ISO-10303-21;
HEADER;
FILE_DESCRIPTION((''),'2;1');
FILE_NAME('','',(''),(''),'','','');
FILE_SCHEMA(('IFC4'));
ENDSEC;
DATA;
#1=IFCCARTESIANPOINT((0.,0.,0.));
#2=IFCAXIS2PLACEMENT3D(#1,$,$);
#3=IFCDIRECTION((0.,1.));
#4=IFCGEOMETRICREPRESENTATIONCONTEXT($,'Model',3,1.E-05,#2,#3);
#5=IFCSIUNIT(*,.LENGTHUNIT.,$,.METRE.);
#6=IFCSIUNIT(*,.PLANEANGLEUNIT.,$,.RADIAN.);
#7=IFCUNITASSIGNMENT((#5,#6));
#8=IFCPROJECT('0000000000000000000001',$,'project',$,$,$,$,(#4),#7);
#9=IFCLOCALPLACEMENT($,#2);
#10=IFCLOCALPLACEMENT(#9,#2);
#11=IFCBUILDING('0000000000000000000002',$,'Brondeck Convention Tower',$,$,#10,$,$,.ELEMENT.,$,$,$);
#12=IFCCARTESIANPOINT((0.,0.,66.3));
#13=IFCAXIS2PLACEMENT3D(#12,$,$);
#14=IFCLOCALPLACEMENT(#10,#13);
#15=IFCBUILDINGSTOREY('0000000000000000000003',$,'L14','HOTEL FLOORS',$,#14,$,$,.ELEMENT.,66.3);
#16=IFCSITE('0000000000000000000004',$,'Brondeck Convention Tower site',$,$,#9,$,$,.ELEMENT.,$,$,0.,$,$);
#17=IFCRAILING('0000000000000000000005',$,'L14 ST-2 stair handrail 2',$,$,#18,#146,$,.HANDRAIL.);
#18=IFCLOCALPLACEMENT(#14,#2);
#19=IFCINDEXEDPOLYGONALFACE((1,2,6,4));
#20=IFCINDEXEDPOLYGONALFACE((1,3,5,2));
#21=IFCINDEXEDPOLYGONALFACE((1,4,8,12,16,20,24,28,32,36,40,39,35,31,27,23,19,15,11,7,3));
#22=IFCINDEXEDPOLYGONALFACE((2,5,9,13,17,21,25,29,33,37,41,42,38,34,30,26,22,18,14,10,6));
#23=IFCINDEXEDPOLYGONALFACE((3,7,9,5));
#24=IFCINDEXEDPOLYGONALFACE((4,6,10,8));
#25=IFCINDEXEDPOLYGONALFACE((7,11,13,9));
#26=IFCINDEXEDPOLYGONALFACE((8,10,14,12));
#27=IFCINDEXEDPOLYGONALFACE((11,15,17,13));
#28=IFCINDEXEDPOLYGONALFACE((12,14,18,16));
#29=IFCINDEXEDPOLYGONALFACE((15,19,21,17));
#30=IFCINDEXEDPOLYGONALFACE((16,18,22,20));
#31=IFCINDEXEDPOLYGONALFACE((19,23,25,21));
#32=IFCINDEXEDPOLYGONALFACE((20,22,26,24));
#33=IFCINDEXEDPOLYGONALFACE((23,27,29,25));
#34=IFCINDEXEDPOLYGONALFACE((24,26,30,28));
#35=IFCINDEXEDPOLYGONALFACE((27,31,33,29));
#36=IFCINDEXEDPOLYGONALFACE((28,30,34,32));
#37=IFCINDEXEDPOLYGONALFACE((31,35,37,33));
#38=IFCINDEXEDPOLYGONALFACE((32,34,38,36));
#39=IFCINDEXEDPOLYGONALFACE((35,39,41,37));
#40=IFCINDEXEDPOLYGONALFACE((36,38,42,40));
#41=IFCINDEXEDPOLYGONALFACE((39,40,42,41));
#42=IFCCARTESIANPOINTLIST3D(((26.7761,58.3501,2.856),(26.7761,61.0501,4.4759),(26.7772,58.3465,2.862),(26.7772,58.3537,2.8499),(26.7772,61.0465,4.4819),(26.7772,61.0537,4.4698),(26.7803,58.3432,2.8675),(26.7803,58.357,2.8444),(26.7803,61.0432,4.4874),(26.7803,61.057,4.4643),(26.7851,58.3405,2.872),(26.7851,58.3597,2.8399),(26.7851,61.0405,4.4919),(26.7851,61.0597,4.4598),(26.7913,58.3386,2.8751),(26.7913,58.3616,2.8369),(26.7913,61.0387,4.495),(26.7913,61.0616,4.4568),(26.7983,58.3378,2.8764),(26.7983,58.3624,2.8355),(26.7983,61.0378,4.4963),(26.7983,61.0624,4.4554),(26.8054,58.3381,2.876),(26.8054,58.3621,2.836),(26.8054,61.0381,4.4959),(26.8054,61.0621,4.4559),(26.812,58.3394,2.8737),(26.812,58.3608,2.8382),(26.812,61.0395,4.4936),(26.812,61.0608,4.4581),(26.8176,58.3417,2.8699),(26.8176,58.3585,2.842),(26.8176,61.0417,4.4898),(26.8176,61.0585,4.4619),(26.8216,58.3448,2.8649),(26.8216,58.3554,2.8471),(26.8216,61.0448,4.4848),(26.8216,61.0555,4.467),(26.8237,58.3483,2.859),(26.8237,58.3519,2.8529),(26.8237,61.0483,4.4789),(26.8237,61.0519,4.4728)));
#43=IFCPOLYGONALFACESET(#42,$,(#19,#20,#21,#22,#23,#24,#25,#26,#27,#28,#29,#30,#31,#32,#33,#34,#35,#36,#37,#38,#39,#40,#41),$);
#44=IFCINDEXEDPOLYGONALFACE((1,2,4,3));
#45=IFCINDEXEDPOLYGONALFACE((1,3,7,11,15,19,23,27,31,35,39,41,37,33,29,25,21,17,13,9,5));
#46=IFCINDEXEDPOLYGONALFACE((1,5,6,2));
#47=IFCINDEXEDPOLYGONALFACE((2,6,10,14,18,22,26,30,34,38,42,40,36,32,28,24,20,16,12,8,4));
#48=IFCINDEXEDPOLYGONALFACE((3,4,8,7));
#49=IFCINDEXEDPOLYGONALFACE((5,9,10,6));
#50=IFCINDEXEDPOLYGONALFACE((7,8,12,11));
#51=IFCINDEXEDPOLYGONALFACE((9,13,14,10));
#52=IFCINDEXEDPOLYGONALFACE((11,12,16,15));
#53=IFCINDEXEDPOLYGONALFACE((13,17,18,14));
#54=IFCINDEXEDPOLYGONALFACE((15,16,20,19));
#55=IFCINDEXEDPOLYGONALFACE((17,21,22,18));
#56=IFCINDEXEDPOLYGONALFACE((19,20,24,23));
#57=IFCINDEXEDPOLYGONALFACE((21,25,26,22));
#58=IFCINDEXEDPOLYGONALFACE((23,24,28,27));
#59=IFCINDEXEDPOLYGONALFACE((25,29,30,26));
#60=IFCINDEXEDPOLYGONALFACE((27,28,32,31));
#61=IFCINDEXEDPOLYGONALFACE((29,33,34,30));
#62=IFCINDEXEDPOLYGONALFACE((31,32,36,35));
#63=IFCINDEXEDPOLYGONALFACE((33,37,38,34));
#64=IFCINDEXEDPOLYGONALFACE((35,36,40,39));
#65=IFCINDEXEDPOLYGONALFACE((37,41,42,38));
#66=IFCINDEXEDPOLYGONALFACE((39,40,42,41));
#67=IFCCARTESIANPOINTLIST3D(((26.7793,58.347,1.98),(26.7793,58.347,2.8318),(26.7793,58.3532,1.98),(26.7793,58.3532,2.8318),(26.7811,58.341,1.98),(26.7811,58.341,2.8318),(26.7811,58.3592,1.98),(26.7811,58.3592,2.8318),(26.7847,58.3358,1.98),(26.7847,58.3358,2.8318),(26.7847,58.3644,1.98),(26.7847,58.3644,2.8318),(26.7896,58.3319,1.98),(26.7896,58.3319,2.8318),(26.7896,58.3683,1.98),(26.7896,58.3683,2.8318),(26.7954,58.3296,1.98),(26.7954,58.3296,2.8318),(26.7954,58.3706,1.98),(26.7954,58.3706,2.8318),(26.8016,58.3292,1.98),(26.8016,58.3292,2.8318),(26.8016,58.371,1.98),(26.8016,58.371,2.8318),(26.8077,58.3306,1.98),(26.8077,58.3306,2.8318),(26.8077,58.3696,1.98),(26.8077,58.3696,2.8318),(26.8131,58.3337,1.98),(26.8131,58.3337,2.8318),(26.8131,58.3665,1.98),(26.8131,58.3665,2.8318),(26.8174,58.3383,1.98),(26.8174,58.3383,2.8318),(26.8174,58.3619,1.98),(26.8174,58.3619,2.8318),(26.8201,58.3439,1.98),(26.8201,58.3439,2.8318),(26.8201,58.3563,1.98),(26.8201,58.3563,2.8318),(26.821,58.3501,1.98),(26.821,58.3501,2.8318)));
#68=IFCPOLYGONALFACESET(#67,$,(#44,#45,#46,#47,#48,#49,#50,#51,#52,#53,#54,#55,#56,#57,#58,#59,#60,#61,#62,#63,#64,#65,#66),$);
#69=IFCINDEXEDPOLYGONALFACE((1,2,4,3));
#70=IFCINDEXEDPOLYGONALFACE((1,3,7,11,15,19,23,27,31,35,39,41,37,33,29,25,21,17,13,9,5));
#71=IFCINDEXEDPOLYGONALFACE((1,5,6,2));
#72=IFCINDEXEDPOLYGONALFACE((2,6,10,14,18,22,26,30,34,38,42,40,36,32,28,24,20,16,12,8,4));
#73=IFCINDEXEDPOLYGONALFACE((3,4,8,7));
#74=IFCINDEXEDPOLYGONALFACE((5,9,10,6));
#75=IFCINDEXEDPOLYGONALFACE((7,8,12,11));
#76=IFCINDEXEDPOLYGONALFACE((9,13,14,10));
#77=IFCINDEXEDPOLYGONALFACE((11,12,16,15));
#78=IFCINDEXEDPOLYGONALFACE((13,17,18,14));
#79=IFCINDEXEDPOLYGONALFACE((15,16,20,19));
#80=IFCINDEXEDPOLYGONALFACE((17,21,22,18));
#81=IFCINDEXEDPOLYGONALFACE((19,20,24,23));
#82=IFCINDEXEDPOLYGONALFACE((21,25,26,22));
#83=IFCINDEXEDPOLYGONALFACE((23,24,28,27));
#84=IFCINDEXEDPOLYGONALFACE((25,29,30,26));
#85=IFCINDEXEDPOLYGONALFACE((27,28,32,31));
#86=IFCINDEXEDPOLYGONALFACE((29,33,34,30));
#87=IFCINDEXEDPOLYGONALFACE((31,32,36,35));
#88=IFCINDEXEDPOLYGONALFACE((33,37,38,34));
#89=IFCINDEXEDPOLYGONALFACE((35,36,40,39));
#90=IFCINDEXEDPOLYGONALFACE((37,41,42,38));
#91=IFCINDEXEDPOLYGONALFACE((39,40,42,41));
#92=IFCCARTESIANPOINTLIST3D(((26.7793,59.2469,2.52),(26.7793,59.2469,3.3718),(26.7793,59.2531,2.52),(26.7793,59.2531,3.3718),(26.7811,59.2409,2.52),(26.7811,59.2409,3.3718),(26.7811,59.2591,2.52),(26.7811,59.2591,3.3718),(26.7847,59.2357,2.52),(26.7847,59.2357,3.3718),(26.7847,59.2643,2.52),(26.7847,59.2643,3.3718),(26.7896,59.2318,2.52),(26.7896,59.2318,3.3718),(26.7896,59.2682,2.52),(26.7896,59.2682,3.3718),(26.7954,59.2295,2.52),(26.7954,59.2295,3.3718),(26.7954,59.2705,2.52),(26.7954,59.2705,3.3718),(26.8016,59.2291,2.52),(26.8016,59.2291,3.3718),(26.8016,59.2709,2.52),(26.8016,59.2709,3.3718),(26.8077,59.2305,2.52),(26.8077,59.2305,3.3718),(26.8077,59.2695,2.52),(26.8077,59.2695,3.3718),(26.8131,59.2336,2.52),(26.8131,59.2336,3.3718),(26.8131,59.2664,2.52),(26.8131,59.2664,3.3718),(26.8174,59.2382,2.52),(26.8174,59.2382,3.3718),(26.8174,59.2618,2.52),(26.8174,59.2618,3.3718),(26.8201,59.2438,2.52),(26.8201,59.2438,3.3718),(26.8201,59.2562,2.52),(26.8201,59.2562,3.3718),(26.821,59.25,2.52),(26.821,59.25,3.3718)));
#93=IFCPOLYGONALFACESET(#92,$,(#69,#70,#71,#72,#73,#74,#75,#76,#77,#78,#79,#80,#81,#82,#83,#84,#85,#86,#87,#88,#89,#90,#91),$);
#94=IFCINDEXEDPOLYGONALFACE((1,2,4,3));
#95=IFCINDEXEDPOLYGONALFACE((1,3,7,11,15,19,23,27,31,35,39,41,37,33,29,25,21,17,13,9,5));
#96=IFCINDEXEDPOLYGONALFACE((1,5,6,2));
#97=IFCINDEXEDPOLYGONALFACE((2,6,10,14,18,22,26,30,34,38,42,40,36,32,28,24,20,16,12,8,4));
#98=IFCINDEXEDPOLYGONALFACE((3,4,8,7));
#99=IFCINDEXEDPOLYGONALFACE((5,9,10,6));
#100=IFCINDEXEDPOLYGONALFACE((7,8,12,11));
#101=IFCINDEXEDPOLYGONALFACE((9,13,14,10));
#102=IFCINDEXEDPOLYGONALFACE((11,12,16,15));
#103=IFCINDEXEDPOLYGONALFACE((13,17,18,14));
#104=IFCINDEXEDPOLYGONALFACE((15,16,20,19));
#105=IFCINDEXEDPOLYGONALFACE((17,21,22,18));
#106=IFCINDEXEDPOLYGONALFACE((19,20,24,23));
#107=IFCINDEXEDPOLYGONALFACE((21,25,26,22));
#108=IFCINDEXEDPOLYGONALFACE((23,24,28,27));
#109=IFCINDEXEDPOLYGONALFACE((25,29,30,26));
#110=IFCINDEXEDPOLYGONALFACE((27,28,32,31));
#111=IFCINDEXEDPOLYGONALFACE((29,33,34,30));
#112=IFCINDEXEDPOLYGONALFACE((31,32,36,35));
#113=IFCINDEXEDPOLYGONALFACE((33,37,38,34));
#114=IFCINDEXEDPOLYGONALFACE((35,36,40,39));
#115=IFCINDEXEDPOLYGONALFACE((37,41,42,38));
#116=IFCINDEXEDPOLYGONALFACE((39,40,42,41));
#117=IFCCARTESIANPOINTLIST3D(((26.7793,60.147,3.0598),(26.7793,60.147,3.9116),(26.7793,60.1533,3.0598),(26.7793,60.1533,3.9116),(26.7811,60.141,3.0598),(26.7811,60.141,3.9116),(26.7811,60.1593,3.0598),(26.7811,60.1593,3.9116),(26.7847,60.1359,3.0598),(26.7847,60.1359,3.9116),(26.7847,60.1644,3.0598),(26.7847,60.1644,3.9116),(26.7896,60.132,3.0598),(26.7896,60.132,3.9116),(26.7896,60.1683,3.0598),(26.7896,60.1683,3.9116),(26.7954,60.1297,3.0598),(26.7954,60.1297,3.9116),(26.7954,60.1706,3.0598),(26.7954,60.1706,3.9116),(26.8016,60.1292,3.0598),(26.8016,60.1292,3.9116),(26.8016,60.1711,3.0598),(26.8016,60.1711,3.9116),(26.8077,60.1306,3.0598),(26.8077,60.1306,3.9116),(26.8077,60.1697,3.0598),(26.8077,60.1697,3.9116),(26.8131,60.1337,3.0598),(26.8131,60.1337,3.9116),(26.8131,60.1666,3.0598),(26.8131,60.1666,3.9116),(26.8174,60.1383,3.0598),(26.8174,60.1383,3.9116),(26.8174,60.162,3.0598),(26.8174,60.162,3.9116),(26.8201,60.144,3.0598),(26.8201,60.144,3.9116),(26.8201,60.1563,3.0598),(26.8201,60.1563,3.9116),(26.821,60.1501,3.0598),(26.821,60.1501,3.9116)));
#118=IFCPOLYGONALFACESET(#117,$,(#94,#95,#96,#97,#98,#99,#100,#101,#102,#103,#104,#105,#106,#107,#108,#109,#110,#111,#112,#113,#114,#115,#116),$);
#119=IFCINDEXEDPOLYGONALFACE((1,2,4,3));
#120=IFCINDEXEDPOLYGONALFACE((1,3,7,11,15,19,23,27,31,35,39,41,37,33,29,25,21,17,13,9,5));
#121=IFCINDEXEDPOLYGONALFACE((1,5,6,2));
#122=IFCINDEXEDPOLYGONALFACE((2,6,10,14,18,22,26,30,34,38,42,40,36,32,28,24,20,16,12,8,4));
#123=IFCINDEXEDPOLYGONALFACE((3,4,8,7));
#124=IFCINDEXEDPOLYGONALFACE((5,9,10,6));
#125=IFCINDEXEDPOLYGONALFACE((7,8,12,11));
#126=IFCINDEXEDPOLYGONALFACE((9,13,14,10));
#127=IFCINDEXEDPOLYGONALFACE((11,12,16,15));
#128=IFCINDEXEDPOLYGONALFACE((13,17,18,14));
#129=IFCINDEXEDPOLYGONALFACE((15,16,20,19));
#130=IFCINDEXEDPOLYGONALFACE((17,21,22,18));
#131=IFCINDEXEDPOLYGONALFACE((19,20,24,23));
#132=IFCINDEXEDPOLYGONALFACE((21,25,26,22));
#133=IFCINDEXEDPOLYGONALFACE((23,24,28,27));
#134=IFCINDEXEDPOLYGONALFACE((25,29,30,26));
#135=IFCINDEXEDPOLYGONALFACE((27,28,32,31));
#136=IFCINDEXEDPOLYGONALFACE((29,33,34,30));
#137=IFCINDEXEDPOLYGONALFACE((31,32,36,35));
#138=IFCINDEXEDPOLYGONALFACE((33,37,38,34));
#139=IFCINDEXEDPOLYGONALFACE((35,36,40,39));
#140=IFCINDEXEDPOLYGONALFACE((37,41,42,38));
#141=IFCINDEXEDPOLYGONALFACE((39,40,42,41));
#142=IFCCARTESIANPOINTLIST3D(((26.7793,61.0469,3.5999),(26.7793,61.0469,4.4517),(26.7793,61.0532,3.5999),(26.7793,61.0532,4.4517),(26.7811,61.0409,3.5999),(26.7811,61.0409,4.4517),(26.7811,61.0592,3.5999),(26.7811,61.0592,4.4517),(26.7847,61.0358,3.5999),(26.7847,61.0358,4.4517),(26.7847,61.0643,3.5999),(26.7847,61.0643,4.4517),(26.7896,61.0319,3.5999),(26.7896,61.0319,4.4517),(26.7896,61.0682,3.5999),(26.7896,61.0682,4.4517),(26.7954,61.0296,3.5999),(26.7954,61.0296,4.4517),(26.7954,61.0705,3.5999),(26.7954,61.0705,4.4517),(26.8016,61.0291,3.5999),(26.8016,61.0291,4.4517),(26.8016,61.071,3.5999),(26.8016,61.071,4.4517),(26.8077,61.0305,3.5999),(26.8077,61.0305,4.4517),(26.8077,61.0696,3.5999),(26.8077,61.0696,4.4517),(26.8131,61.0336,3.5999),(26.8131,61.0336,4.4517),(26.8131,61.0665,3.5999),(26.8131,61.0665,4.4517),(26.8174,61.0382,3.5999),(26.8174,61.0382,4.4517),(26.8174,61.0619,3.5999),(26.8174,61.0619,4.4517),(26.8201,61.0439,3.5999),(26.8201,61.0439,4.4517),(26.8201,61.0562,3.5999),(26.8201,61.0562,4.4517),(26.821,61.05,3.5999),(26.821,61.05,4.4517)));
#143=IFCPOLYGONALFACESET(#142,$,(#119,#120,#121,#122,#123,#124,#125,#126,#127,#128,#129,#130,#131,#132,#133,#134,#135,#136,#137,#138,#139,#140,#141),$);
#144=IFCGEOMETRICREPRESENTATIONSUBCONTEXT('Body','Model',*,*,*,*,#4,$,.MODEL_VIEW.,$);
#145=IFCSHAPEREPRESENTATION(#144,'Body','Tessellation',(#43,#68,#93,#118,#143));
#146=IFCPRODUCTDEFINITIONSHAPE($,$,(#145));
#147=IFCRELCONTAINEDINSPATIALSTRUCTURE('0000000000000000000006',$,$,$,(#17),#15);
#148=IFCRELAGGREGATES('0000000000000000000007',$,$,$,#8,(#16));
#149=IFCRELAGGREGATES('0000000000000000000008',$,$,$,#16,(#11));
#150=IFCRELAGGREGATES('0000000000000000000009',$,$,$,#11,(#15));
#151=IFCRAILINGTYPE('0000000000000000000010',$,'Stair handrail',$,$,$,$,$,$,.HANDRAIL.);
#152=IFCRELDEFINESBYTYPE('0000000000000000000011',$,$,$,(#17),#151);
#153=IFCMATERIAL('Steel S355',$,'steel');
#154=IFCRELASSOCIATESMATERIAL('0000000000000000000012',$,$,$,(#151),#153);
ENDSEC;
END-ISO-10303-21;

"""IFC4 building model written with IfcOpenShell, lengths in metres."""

from ifc_helpers import new_model, si_unit, direction, frame, origin, origin_2d, place, context, subcontext, project, spatial, circle, extrude, material, type_object, element, save


model = new_model("IFC4")

# Units and contexts
model_context = context("Model", 3, precision=1e-05, world=origin(), true_north=direction((0.0, 1.0)))
body_context = subcontext(model_context, "Body", "Model", "MODEL_VIEW")
ifc_project = project(units=[si_unit("LENGTHUNIT", "METRE"), si_unit("PLANEANGLEUNIT", "RADIAN")], contexts=[model_context])

# Site, building, storey
site_placement = place(None, origin())
site = spatial("IfcSite", under=ifc_project, at=site_placement, Name="Brondeck Convention Tower site", CompositionType="ELEMENT", RefElevation=0.0)
building_placement = place(site_placement, origin())
building = spatial("IfcBuilding", under=site, at=building_placement, Name="Brondeck Convention Tower", CompositionType="ELEMENT")
storey_placement = place(building_placement, frame((0.0, 0.0, 66.3)))
storey = spatial("IfcBuildingStorey", under=building, at=storey_placement, Name="L14", Description="HOTEL FLOORS", CompositionType="ELEMENT", Elevation=66.3)

# Railing
ifc_material_1 = material(Name="Steel S355", Category="steel")
railing_type_1 = type_object("IfcRailingType", Name="Stair handrail", PredefinedType="HANDRAIL", material=ifc_material_1)
railing_1_placement = place(storey_placement, frame((26.8, 58.3501, 1.98)))
element("IfcRailing", 1, at=railing_1_placement, inside=storey, type_object=railing_type_1, Name="L14 ST-2 stair handrail 2", PredefinedType="HANDRAIL", context=body_context, shape_type="SweptSolid", body=[
    extrude(circle(Radius=0.0239, at=origin_2d()), frame((0.0, 0.0, 0.876), z_axis=(0.0, 0.857507, 0.514473), x_axis=(-1.0, 0.0, 0.0)), (0.0, 0.0, 1.0), 3.1487),
    extrude(circle(Radius=0.021, at=origin_2d()), origin(), (0.0, 0.0, 1.0), 0.8518),
    extrude(circle(Radius=0.021, at=origin_2d()), frame((0.0, 0.8999, 0.54)), (0.0, 0.0, 1.0), 0.8518),
    extrude(circle(Radius=0.021, at=origin_2d()), frame((0.0, 1.8, 1.0798)), (0.0, 0.0, 1.0), 0.8518),
    extrude(circle(Radius=0.021, at=origin_2d()), frame((0.0, 2.7, 1.6199)), (0.0, 0.0, 1.0), 0.8518),
])

save(model, "model.ifc")
